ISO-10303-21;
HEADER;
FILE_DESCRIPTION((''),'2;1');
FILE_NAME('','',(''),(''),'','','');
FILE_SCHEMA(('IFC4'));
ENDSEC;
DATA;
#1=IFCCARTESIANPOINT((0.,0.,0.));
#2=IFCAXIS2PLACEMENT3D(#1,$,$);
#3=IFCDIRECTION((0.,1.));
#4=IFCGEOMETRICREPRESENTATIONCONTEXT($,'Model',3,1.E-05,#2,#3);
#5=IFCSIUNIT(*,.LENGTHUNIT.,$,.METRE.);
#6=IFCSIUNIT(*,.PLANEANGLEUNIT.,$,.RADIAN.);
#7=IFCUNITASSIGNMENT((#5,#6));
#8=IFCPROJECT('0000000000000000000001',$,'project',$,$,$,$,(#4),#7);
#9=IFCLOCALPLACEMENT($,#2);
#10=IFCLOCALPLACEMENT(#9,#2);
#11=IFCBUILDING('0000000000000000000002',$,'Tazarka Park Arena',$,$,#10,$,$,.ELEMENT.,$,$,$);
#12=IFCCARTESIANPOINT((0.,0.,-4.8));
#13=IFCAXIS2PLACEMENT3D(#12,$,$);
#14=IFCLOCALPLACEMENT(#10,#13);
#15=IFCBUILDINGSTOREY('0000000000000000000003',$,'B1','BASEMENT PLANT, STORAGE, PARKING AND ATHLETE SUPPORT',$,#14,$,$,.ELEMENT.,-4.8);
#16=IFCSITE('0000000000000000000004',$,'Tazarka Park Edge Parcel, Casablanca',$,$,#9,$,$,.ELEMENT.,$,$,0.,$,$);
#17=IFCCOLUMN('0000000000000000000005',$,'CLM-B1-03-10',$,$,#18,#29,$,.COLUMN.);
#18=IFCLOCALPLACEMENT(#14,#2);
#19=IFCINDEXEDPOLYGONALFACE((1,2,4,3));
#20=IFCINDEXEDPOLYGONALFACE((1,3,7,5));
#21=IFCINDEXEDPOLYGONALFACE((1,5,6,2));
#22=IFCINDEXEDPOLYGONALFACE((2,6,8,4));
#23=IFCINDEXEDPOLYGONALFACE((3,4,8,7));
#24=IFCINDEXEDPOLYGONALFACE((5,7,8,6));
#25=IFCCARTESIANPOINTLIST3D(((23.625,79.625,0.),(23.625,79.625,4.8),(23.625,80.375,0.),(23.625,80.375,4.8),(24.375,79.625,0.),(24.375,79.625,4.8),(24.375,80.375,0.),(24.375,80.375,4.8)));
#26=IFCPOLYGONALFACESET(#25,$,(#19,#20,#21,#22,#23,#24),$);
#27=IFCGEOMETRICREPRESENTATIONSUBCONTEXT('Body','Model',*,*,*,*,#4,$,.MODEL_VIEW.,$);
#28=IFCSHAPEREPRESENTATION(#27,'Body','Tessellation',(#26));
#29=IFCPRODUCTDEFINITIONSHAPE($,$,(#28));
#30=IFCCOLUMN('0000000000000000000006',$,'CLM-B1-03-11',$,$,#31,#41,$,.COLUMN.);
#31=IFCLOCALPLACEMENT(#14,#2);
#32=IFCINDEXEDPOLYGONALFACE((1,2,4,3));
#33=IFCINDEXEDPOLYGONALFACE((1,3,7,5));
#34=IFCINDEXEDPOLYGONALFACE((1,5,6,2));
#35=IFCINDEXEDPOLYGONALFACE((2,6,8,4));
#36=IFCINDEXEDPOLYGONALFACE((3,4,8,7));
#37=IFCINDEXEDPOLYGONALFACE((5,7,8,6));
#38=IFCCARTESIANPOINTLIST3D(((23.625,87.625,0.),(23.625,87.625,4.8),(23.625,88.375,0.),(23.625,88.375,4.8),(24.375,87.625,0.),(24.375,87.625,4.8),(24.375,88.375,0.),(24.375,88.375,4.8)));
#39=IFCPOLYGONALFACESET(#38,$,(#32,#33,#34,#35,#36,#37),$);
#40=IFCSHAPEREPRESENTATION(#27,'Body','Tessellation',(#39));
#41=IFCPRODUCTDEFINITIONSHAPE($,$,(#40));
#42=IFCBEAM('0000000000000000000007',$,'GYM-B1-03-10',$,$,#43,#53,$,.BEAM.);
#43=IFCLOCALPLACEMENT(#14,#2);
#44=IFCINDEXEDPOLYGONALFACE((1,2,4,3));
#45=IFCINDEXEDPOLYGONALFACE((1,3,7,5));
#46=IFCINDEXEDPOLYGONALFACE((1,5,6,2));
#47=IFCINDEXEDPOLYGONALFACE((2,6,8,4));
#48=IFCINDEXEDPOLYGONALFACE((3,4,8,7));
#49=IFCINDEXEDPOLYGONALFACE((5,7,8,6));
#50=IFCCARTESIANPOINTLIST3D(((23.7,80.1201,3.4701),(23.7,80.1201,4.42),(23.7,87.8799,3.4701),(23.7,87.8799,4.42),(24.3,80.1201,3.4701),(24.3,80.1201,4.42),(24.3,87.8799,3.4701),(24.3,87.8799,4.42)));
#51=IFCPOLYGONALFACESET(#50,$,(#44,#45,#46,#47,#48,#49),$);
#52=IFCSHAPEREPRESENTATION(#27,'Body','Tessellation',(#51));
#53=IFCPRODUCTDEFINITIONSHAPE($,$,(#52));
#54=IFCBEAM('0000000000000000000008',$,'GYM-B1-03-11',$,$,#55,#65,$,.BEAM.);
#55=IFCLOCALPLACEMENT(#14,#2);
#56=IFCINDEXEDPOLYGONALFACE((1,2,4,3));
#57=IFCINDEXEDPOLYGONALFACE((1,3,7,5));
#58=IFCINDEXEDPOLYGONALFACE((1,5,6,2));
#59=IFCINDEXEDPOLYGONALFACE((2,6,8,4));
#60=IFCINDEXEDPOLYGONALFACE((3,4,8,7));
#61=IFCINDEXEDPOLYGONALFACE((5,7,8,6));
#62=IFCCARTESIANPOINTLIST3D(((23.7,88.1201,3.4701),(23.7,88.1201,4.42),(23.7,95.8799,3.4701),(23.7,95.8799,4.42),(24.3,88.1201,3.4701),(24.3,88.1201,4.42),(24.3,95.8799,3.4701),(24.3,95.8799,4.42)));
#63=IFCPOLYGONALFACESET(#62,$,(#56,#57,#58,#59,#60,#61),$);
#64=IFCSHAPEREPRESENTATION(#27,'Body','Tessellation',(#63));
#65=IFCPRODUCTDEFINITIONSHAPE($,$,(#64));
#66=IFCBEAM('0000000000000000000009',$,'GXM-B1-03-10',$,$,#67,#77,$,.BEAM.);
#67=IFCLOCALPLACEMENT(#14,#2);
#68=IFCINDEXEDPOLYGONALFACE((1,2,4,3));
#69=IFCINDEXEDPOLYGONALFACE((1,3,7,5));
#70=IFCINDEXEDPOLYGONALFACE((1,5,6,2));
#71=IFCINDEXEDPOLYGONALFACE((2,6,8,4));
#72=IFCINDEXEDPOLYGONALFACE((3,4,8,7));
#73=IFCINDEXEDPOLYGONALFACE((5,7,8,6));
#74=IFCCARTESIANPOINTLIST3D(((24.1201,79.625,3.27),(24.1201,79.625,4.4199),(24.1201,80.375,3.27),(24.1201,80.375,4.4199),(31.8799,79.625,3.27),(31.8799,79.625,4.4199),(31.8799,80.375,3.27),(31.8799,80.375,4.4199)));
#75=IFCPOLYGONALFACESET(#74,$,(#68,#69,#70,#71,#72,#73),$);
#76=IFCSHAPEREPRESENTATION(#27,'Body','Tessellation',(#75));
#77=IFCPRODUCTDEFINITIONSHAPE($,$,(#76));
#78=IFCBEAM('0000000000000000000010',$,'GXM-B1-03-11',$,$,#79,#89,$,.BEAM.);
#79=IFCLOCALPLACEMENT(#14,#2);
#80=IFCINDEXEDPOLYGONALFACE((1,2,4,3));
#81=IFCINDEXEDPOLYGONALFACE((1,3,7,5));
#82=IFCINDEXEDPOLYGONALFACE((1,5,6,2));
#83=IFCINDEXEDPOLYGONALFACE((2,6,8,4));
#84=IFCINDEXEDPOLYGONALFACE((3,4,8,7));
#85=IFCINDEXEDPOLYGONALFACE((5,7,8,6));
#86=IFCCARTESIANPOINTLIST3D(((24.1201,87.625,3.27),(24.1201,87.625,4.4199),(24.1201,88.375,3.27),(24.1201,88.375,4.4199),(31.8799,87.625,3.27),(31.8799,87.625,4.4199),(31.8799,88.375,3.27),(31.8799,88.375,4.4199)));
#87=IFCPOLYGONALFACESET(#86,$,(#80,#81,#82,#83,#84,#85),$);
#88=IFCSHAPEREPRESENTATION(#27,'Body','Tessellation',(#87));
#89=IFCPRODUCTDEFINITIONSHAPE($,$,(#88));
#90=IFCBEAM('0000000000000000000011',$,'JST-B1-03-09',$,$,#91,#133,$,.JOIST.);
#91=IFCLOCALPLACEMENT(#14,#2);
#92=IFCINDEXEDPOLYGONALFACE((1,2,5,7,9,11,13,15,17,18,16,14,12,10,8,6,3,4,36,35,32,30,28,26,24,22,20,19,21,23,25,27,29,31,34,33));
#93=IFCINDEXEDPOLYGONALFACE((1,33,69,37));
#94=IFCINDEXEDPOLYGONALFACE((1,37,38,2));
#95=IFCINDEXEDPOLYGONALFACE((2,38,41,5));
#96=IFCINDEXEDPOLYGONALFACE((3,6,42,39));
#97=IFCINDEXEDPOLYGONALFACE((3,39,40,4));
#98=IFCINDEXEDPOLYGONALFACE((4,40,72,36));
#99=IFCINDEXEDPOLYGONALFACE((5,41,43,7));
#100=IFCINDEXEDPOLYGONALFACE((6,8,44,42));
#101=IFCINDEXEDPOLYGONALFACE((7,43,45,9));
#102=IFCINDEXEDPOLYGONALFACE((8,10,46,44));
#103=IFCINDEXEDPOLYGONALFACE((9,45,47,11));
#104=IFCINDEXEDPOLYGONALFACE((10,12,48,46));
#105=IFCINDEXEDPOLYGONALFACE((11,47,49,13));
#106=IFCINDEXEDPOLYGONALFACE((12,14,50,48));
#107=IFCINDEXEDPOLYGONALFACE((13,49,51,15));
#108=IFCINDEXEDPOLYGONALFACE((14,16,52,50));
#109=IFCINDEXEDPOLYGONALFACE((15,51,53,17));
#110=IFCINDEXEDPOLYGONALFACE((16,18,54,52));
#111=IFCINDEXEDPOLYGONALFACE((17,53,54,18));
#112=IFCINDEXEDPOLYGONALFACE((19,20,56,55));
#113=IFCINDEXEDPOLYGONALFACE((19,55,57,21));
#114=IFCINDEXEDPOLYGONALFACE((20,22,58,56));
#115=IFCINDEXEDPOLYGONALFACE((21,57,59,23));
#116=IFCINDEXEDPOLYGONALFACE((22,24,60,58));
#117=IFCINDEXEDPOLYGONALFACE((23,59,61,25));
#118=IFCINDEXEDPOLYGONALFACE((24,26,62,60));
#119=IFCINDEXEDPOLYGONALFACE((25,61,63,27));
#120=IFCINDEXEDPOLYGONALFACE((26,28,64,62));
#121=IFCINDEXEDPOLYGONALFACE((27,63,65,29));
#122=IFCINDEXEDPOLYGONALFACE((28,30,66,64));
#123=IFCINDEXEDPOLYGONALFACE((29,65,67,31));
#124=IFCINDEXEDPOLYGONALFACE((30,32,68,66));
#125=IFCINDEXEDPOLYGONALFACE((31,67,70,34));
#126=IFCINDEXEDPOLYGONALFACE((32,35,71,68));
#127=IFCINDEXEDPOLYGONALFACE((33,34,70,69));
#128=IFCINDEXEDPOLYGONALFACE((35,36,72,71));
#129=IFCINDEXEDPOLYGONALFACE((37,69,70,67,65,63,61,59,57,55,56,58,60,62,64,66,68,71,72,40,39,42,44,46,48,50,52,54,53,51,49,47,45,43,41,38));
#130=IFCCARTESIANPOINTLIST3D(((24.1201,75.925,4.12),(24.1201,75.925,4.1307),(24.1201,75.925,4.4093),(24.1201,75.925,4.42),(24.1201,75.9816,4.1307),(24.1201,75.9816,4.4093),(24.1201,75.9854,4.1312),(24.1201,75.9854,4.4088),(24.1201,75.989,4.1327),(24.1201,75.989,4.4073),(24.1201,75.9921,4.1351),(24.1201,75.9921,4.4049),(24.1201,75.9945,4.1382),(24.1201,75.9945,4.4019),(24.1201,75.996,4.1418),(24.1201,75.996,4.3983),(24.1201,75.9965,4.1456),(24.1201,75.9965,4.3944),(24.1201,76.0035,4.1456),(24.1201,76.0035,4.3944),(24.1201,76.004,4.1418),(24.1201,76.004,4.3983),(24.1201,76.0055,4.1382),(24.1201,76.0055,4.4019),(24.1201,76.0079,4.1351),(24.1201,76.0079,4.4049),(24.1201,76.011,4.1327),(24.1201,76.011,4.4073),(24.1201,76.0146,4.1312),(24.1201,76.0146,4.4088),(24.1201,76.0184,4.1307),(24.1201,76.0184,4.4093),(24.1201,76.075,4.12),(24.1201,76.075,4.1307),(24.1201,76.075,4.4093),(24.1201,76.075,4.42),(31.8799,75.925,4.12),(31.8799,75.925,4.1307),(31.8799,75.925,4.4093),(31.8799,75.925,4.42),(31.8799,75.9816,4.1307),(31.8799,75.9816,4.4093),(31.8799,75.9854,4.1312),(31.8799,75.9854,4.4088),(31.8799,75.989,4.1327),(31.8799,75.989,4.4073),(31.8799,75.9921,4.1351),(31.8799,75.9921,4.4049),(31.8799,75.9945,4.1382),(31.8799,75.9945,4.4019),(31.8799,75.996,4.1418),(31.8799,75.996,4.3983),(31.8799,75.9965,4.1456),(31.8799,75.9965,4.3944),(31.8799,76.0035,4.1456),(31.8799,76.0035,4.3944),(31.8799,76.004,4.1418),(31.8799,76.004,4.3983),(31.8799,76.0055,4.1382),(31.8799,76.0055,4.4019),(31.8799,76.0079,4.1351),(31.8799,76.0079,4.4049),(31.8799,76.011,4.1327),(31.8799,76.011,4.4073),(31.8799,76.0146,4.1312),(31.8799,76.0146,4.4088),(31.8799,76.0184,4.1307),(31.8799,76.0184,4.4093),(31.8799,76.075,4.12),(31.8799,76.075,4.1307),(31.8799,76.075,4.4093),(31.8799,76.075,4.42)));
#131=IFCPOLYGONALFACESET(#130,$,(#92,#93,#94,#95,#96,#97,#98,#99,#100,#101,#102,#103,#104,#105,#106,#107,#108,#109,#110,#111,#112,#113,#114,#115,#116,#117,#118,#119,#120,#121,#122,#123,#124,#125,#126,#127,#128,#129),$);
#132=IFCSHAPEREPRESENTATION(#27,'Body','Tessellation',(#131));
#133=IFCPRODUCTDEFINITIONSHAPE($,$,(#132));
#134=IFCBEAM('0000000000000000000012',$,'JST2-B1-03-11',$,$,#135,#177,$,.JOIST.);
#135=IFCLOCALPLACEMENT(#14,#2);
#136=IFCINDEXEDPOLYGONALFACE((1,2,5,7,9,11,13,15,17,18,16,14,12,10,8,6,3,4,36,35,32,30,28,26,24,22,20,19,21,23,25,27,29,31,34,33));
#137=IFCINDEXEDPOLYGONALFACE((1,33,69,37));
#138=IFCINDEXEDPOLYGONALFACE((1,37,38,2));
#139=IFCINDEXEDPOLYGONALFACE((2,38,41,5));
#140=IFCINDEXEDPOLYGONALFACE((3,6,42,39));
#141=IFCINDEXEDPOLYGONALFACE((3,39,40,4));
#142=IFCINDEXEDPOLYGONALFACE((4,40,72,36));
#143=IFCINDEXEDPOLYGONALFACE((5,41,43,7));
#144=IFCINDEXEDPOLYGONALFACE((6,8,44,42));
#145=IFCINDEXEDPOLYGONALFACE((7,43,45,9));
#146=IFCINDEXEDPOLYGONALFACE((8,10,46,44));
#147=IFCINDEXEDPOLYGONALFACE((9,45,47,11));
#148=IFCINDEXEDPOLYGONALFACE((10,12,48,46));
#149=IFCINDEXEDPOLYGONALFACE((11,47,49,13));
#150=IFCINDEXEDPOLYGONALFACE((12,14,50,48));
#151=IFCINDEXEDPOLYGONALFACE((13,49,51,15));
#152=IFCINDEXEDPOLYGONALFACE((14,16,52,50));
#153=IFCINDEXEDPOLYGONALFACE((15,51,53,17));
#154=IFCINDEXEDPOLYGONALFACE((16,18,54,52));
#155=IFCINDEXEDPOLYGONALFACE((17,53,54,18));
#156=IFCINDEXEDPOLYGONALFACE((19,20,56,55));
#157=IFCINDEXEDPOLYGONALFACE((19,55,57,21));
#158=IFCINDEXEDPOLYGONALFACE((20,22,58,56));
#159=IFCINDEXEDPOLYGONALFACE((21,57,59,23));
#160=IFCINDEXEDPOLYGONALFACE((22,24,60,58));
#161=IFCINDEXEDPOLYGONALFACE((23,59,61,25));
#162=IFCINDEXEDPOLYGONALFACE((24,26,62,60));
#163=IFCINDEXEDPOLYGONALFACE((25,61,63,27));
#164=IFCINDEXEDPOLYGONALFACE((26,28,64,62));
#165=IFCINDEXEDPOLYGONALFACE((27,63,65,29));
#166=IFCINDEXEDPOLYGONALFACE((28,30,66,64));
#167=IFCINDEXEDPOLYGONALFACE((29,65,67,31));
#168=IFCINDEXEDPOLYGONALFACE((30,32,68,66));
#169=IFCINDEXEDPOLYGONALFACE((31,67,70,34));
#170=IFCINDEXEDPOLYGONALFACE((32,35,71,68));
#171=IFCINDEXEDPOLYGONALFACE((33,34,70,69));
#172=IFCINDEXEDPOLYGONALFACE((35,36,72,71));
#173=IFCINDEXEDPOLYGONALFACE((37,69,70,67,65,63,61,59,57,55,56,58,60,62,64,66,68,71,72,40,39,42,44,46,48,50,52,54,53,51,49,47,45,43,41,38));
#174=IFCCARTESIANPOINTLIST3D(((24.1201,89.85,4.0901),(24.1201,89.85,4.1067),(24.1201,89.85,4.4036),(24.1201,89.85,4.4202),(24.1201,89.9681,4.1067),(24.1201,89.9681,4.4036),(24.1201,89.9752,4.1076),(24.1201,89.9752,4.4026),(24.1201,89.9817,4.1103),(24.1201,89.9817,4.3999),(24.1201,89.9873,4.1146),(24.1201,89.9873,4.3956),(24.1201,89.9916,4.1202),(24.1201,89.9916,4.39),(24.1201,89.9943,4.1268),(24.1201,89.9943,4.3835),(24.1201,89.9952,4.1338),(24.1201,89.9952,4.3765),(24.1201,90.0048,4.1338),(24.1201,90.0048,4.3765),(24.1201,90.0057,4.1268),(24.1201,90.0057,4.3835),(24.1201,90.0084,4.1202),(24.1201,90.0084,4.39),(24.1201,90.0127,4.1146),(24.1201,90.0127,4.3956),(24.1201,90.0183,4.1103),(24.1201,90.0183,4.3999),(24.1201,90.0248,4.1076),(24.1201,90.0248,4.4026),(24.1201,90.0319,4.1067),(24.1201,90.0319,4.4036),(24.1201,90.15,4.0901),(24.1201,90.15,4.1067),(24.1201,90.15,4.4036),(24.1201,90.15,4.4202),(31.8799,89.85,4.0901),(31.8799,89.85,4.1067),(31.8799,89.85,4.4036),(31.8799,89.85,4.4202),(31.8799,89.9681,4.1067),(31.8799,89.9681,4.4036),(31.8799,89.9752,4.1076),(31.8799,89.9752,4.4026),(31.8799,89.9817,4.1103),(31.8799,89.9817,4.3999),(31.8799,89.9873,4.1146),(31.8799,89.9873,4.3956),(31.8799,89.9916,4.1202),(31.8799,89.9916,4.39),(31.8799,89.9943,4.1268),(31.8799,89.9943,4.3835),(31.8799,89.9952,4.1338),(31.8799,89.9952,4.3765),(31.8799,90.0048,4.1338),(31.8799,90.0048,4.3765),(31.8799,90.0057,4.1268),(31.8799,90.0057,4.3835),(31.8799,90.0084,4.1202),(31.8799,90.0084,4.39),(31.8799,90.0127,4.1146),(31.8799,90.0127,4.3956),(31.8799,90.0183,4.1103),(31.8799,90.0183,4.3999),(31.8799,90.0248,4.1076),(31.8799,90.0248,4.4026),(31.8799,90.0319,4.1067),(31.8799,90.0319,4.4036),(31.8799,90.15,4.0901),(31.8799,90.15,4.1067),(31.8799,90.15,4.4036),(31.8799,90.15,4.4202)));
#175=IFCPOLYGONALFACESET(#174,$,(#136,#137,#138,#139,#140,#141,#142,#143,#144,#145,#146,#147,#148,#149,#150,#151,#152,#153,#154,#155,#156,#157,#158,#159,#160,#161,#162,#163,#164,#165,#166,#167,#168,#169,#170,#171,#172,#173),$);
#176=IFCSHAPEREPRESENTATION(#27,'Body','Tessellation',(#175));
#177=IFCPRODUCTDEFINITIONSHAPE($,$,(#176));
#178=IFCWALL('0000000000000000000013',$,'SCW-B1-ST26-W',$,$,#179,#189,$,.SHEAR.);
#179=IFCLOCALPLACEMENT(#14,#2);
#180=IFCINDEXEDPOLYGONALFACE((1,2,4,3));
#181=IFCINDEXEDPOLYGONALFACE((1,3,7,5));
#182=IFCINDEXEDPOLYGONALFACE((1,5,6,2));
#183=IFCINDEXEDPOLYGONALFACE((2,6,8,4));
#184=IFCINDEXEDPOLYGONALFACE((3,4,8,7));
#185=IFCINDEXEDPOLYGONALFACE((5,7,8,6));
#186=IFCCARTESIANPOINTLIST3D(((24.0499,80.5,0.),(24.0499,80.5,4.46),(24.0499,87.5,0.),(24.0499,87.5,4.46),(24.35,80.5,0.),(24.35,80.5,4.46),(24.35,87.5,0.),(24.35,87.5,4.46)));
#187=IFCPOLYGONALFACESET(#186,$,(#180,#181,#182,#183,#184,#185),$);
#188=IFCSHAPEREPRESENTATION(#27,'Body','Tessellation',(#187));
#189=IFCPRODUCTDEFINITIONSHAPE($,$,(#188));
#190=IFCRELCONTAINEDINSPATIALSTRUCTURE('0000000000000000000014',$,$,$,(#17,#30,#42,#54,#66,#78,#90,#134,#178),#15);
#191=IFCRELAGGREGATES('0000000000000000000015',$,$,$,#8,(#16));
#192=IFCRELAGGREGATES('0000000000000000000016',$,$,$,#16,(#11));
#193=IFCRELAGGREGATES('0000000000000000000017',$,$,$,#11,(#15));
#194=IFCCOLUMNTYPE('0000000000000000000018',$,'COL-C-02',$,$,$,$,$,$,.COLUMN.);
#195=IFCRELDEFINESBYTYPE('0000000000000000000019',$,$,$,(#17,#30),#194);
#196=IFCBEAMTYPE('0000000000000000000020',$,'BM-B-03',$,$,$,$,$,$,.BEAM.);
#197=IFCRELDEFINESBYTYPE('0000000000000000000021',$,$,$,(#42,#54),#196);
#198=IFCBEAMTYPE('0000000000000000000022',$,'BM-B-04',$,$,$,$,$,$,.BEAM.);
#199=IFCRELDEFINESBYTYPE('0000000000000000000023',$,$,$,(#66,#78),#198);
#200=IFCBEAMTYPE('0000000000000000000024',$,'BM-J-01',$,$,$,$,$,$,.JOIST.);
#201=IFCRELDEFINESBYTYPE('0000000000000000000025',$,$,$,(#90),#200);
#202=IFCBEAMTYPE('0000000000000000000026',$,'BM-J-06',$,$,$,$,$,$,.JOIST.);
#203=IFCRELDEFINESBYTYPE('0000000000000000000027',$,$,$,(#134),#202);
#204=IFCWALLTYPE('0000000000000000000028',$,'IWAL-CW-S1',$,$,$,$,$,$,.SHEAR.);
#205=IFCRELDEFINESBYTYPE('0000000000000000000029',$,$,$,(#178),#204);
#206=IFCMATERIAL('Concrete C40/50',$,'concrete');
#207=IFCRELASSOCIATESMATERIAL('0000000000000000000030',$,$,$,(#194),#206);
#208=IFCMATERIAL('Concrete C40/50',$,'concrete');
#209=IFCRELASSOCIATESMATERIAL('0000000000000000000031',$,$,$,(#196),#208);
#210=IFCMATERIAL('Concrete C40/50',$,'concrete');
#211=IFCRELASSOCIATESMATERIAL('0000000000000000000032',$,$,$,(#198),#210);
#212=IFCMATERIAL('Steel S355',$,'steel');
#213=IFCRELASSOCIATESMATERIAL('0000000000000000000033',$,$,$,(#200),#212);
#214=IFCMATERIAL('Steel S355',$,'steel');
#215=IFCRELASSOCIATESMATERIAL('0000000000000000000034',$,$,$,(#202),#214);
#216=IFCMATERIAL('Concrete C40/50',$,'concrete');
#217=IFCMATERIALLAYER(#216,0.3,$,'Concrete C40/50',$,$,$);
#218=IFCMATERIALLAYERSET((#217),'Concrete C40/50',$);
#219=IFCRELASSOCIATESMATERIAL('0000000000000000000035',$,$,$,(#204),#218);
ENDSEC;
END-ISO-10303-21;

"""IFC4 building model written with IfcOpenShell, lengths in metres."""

from ifc_helpers import new_model, si_unit, direction, frame, frame_2d, origin, origin_2d, place, context, subcontext, project, spatial, rectangle, i_section, extrude, material, layer, layer_set, material_profile, profile_set, type_object, element, save


model = new_model("IFC4")

# Units and contexts
model_context = context("Model", 3, precision=1e-05, world=origin(), true_north=direction((0.0, 1.0)))
body_context = subcontext(model_context, "Body", "Model", "MODEL_VIEW")
ifc_project = project(units=[si_unit("LENGTHUNIT", "METRE"), si_unit("PLANEANGLEUNIT", "RADIAN")], contexts=[model_context])

# Site, building, storey
site_placement = place(None, origin())
site = spatial("IfcSite", under=ifc_project, at=site_placement, Name="Tazarka Park Edge Parcel, Casablanca", CompositionType="ELEMENT", RefElevation=0.0)
building_placement = place(site_placement, origin())
building = spatial("IfcBuilding", under=site, at=building_placement, Name="Tazarka Park Arena", CompositionType="ELEMENT")
storey_placement = place(building_placement, frame((0.0, 0.0, -4.8)))
storey = spatial("IfcBuildingStorey", under=building, at=storey_placement, Name="B1", Description="BASEMENT PLANT, STORAGE, PARKING AND ATHLETE SUPPORT", CompositionType="ELEMENT", Elevation=-4.8)

# Columns
ifc_material_1 = material(Name="Concrete C40/50", Category="concrete")
ifc_material_profile_1 = material_profile(ifc_material_1, rectangle(XDim=0.75, YDim=0.75, at=origin_2d()), Name="Concrete C40/50")
ifc_profile_set_1 = profile_set([ifc_material_profile_1], Name="Concrete C40/50")
column_type = type_object("IfcColumnType", Name="COL-C-02", PredefinedType="COLUMN", material=ifc_profile_set_1)
for number, where, z_axis, x_axis, name in (
    (1, (24.0, 80.0, 0.0), (0.0, 0.0, 1.0), (1.0, 0.0, 0.0), "CLM-B1-03-10"),
    (2, (24.0, 88.0, 0.0), (0.0, 0.0, 1.0), (1.0, 0.0, 0.0), "CLM-B1-03-11"),
):
    element("IfcColumn", number, at=place(storey_placement, frame(where, z_axis=z_axis, x_axis=x_axis)), inside=storey, type_object=column_type, Name=name, PredefinedType="COLUMN", context=body_context, shape_type="SweptSolid", body=[
        extrude(rectangle(XDim=0.75, YDim=0.75, at=origin_2d()), origin(), (0.0, 0.0, 1.0), 4.8),
    ])

# Beams
ifc_material_2 = material(Name="Concrete C40/50", Category="concrete")
ifc_material_profile_2 = material_profile(ifc_material_2, rectangle(XDim=0.6001, YDim=0.95, at=origin_2d()), Name="Concrete C40/50")
ifc_profile_set_2 = profile_set([ifc_material_profile_2], Name="Concrete C40/50")
beam_type_1 = type_object("IfcBeamType", Name="BM-B-03", PredefinedType="BEAM", material=ifc_profile_set_2)
for number, where, z_axis, x_axis, name in (
    (3, (24.0, 80.1201, 3.9451), (0.0, 1.0, 0.0), (-1.0, 0.0, 0.0), "GYM-B1-03-10"),
    (4, (24.0, 88.1201, 3.9451), (0.0, 1.0, 0.0), (-1.0, 0.0, 0.0), "GYM-B1-03-11"),
):
    element("IfcBeam", number, at=place(storey_placement, frame(where, z_axis=z_axis, x_axis=x_axis)), inside=storey, type_object=beam_type_1, Name=name, PredefinedType="BEAM", context=body_context, shape_type="SweptSolid", body=[
        extrude(rectangle(XDim=0.6001, YDim=0.95, at=origin_2d()), origin(), (0.0, 0.0, 1.0), 7.7598),
    ])
ifc_material_3 = material(Name="Concrete C40/50", Category="concrete")
ifc_material_profile_3 = material_profile(ifc_material_3, rectangle(XDim=0.75, YDim=1.1499, at=origin_2d()), Name="Concrete C40/50")
ifc_profile_set_3 = profile_set([ifc_material_profile_3], Name="Concrete C40/50")
beam_type_2 = type_object("IfcBeamType", Name="BM-B-04", PredefinedType="BEAM", material=ifc_profile_set_3)
for number, where, z_axis, x_axis, name in (
    (5, (24.1201, 80.0, 3.845), (1.0, 0.0, 0.0), (0.0, 1.0, 0.0), "GXM-B1-03-10"),
    (6, (24.1201, 88.0, 3.845), (1.0, 0.0, 0.0), (0.0, 1.0, 0.0), "GXM-B1-03-11"),
):
    element("IfcBeam", number, at=place(storey_placement, frame(where, z_axis=z_axis, x_axis=x_axis)), inside=storey, type_object=beam_type_2, Name=name, PredefinedType="BEAM", context=body_context, shape_type="SweptSolid", body=[
        extrude(rectangle(XDim=0.75, YDim=1.1499, at=origin_2d()), origin(), (0.0, 0.0, 1.0), 7.7598),
    ])
ifc_material_4 = material(Name="Steel S355", Category="steel")
ifc_material_profile_4 = material_profile(ifc_material_4, i_section(OverallWidth=0.1499, OverallDepth=0.3, WebThickness=0.0071, FlangeThickness=0.0107, FilletRadius=0.0149, at=origin_2d()), Name="Steel S355")
ifc_profile_set_4 = profile_set([ifc_material_profile_4], Name="Steel S355")
beam_type_3 = type_object("IfcBeamType", Name="BM-J-01", PredefinedType="JOIST", material=ifc_profile_set_4)
beam_1_placement = place(storey_placement, frame((24.1201, 76.0, 4.27), z_axis=(1.0, 0.0, 0.0), x_axis=(0.0, 1.0, 0.0)))
element("IfcBeam", 7, at=beam_1_placement, inside=storey, type_object=beam_type_3, Name="JST-B1-03-09", PredefinedType="JOIST", context=body_context, shape_type="SweptSolid", body=[
    extrude(i_section(OverallWidth=0.1499, OverallDepth=0.3, WebThickness=0.0071, FlangeThickness=0.0107, FilletRadius=0.0149, at=origin_2d()), origin(), (0.0, 0.0, 1.0), 7.7598),
])
ifc_material_5 = material(Name="Steel S355", Category="steel")
ifc_material_profile_5 = material_profile(ifc_material_5, i_section(OverallWidth=0.3, OverallDepth=0.3301, WebThickness=0.0095, FlangeThickness=0.0166, FilletRadius=0.0271, at=origin_2d()), Name="Steel S355")
ifc_profile_set_5 = profile_set([ifc_material_profile_5], Name="Steel S355")
beam_type_4 = type_object("IfcBeamType", Name="BM-J-06", PredefinedType="JOIST", material=ifc_profile_set_5)
beam_2_placement = place(storey_placement, frame((24.1201, 90.0, 4.2551), z_axis=(1.0, 0.0, 0.0), x_axis=(0.0, 1.0, 0.0)))
element("IfcBeam", 8, at=beam_2_placement, inside=storey, type_object=beam_type_4, Name="JST2-B1-03-11", PredefinedType="JOIST", context=body_context, shape_type="SweptSolid", body=[
    extrude(i_section(OverallWidth=0.3, OverallDepth=0.3301, WebThickness=0.0095, FlangeThickness=0.0166, FilletRadius=0.0271, at=origin_2d()), origin(), (0.0, 0.0, 1.0), 7.7598),
])

# Wall
ifc_material_6 = material(Name="Concrete C40/50", Category="concrete")
ifc_layer_1 = layer(ifc_material_6, 0.3, Name="Concrete C40/50")
ifc_layer_set_1 = layer_set([ifc_layer_1], Name="Concrete C40/50")
wall_type_1 = type_object("IfcWallType", Name="IWAL-CW-S1", PredefinedType="SHEAR", material=ifc_layer_set_1)
wall_1_placement = place(storey_placement, frame((24.2, 80.5, 0.0), z_axis=(0.0, 0.0, 1.0), x_axis=(0.0, 1.0, 0.0)))
element("IfcWall", 9, at=wall_1_placement, inside=storey, type_object=wall_type_1, Name="SCW-B1-ST26-W", PredefinedType="SHEAR", context=body_context, shape_type="SweptSolid", body=[
    extrude(rectangle(XDim=7.0, YDim=0.3, at=frame_2d((3.5, 0.0))), origin(), (0.0, 0.0, 1.0), 4.46),
])

save(model, "model.ifc")
